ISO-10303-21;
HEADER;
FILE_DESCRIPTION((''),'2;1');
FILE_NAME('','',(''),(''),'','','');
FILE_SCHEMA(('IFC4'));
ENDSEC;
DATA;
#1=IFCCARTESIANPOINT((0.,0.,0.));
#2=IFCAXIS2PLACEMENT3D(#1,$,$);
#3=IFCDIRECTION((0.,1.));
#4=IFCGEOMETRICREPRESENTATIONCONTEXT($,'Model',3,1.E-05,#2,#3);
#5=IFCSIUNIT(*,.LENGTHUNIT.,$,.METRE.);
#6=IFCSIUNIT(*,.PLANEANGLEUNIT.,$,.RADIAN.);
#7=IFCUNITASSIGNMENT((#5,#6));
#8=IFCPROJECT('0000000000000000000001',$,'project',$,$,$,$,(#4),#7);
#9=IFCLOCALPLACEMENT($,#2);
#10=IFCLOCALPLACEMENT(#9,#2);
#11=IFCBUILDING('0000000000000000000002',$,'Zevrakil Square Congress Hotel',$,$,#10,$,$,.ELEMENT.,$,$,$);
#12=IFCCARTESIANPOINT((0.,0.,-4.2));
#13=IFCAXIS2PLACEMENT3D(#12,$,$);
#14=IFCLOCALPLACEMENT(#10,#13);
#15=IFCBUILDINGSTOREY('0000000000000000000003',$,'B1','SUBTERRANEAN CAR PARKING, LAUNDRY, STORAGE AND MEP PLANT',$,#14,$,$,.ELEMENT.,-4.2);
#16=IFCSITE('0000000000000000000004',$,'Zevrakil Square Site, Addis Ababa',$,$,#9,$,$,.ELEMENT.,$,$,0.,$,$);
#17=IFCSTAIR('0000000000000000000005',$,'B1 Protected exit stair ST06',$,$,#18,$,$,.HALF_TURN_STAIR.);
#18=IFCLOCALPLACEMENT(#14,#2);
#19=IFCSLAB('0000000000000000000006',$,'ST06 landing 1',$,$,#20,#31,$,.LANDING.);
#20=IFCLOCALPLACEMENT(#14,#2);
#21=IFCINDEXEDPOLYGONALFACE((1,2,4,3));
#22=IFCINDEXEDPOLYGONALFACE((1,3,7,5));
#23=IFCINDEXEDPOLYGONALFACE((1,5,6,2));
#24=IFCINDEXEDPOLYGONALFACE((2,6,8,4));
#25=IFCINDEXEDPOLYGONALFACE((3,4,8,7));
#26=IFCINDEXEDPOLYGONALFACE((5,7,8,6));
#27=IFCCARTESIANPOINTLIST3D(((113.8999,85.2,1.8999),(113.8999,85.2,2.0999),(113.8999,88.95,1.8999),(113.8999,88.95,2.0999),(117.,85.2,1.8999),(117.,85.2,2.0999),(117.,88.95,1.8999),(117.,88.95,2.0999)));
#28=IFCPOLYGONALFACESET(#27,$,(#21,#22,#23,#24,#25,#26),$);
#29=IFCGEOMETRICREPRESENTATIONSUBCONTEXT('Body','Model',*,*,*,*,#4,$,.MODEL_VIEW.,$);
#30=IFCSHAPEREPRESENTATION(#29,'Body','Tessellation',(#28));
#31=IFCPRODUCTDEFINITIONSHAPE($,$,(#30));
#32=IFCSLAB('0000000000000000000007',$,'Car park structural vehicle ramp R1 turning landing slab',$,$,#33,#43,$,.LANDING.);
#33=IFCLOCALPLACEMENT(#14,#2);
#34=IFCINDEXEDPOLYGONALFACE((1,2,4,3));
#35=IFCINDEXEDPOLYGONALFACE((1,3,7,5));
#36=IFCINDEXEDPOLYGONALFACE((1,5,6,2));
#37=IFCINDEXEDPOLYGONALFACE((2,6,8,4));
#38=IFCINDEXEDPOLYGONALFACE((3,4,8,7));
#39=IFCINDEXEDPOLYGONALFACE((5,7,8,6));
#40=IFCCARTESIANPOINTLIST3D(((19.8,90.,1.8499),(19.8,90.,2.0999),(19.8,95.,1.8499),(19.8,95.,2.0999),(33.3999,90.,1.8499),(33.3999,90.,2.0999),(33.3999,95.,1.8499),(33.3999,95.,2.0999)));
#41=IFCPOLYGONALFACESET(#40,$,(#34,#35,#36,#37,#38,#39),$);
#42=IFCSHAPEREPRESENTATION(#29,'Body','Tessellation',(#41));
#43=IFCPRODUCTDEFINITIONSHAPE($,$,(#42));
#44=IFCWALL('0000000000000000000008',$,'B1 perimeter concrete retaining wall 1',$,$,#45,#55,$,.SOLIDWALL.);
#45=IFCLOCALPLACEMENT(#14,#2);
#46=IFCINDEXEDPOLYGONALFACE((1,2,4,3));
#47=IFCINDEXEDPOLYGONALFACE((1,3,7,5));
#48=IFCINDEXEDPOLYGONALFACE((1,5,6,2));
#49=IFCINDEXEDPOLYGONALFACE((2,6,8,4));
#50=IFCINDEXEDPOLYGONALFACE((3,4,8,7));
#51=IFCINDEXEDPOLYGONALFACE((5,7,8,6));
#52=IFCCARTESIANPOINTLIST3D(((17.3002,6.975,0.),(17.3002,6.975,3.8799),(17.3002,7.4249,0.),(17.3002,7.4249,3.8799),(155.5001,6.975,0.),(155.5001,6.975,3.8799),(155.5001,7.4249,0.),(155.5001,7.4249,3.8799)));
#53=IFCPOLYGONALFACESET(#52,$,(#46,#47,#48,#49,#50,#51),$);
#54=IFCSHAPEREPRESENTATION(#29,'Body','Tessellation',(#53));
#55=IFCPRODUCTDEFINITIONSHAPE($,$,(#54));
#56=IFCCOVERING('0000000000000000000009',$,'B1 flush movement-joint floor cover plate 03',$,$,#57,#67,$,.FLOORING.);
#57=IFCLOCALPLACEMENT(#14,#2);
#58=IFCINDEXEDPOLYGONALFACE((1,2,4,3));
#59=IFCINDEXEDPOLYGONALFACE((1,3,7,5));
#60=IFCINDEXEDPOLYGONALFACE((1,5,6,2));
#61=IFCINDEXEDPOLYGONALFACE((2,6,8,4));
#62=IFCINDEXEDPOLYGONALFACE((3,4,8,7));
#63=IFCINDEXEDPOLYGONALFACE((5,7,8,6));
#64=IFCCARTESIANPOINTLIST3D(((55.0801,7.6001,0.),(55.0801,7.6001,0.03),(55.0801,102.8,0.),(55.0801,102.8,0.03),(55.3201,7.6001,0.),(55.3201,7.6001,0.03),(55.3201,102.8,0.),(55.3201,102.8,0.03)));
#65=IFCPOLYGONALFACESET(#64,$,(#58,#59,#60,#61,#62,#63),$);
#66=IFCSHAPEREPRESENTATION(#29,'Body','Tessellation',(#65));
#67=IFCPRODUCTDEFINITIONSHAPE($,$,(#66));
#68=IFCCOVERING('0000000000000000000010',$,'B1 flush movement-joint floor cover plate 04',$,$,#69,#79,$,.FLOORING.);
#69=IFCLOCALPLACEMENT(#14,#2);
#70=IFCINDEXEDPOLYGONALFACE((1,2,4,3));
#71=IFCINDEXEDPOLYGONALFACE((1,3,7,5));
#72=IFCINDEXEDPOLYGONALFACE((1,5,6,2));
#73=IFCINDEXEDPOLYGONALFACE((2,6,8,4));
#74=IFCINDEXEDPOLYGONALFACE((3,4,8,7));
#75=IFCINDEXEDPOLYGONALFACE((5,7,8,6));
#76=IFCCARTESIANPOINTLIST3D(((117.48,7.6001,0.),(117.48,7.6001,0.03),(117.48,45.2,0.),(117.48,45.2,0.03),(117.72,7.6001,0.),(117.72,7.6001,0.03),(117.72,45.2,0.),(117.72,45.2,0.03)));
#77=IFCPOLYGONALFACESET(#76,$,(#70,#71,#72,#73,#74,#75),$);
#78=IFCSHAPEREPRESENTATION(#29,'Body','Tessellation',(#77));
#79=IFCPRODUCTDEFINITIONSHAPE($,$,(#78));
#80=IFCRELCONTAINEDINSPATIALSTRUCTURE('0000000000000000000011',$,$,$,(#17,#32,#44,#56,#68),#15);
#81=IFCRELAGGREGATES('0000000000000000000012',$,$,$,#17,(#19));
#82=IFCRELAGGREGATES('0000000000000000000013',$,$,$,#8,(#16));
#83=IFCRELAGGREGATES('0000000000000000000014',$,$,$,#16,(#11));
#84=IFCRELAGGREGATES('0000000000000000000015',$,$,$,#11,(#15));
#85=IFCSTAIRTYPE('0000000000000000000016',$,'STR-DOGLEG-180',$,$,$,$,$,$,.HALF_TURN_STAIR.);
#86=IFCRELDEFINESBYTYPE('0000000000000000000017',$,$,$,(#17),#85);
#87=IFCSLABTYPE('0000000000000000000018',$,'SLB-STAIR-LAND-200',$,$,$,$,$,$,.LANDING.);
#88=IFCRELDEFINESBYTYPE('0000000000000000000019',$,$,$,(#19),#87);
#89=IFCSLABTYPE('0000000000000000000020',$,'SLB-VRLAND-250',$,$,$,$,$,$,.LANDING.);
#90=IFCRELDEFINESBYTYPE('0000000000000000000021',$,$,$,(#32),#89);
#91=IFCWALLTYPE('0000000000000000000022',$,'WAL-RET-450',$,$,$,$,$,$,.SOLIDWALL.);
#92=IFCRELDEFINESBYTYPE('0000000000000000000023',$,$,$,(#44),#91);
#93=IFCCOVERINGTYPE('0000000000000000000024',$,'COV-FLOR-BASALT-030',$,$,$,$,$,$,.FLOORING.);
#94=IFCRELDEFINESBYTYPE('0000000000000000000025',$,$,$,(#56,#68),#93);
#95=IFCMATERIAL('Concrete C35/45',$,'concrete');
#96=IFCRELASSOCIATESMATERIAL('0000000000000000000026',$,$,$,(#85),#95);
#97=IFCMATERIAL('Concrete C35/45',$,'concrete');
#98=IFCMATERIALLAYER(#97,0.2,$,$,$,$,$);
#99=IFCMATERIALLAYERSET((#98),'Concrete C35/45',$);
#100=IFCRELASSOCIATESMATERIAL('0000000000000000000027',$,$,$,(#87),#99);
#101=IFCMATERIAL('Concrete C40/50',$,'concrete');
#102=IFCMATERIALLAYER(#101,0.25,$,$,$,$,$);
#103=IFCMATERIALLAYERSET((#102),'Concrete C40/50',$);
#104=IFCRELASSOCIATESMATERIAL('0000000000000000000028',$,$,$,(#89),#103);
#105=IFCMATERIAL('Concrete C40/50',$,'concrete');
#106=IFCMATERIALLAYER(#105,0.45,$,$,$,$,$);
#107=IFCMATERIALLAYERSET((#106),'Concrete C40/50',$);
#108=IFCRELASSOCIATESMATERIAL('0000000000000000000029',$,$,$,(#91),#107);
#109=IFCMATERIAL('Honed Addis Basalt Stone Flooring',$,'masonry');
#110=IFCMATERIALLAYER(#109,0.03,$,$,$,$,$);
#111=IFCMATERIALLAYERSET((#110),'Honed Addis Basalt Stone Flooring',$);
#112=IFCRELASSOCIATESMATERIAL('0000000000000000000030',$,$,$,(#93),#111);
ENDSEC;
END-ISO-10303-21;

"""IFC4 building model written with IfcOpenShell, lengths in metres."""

from ifc_helpers import new_model, si_unit, direction, frame, frame_2d, origin, place, context, subcontext, project, spatial, polyline, rectangle, outline, extrude, material, layer, layer_set, type_object, element, aggregate, save


model = new_model("IFC4")

# Units and contexts
model_context = context("Model", 3, precision=1e-05, world=origin(), true_north=direction((0.0, 1.0)))
body_context = subcontext(model_context, "Body", "Model", "MODEL_VIEW")
ifc_project = project(units=[si_unit("LENGTHUNIT", "METRE"), si_unit("PLANEANGLEUNIT", "RADIAN")], contexts=[model_context])

# Site, building, storey
site_placement = place(None, origin())
site = spatial("IfcSite", under=ifc_project, at=site_placement, Name="Zevrakil Square Site, Addis Ababa", CompositionType="ELEMENT", RefElevation=0.0)
building_placement = place(site_placement, origin())
building = spatial("IfcBuilding", under=site, at=building_placement, Name="Zevrakil Square Congress Hotel", CompositionType="ELEMENT")
storey_placement = place(building_placement, frame((0.0, 0.0, -4.2)))
storey = spatial("IfcBuildingStorey", under=building, at=storey_placement, Name="B1", Description="SUBTERRANEAN CAR PARKING, LAUNDRY, STORAGE AND MEP PLANT", CompositionType="ELEMENT", Elevation=-4.2)

# Stair, slab
ifc_material_1 = material(Name="Concrete C35/45", Category="concrete")
stair_type = type_object("IfcStairType", Name="STR-DOGLEG-180", PredefinedType="HALF_TURN_STAIR", material=ifc_material_1)
ifc_material_2 = material(Name="Concrete C35/45", Category="concrete")
ifc_layer_1 = layer(ifc_material_2, 0.2)
ifc_layer_set_1 = layer_set([ifc_layer_1], Name="Concrete C35/45")
slab_type_1 = type_object("IfcSlabType", Name="SLB-STAIR-LAND-200", PredefinedType="LANDING", material=ifc_layer_set_1)
stair_1_placement = place(storey_placement, origin())
stair_1 = element("IfcStair", 1, at=stair_1_placement, inside=storey, type_object=stair_type, Name="B1 Protected exit stair ST06", PredefinedType="HALF_TURN_STAIR")
slab_1_placement = place(storey_placement, frame((0.0, 0.0, 1.8999)))
slab_1 = element("IfcSlab", 2, at=slab_1_placement, type_object=slab_type_1, Name="ST06 landing 1", PredefinedType="LANDING", context=body_context, shape_type="SweptSolid", body=[
    extrude(outline(polyline([(113.8999, 85.2), (117.0, 85.2), (117.0, 88.95), (113.8999, 88.95), (113.8999, 85.2)])), origin(), (0.0, 0.0, 1.0), 0.2),
])
aggregate(stair_1, [slab_1])

# Slab
ifc_material_3 = material(Name="Concrete C40/50", Category="concrete")
ifc_layer_2 = layer(ifc_material_3, 0.25)
ifc_layer_set_2 = layer_set([ifc_layer_2], Name="Concrete C40/50")
slab_type_2 = type_object("IfcSlabType", Name="SLB-VRLAND-250", PredefinedType="LANDING", material=ifc_layer_set_2)
slab_2_placement = place(storey_placement, frame((0.0, 0.0, 1.8499)))
element("IfcSlab", 3, at=slab_2_placement, inside=storey, type_object=slab_type_2, Name="Car park structural vehicle ramp R1 turning landing slab", PredefinedType="LANDING", context=body_context, shape_type="SweptSolid", body=[
    extrude(outline(polyline([(19.8, 90.0), (33.3999, 90.0), (33.3999, 95.0), (19.8, 95.0), (19.8, 90.0)])), origin(), (0.0, 0.0, 1.0), 0.25),
])

# Wall
ifc_material_4 = material(Name="Concrete C40/50", Category="concrete")
ifc_layer_3 = layer(ifc_material_4, 0.45)
ifc_layer_set_3 = layer_set([ifc_layer_3], Name="Concrete C40/50")
wall_type = type_object("IfcWallType", Name="WAL-RET-450", PredefinedType="SOLIDWALL", material=ifc_layer_set_3)
wall_placement = place(storey_placement, frame((17.3, 7.2, 0.0), z_axis=(0.0, 0.0, 1.0), x_axis=(1.0, 0.0, 0.0)))
element("IfcWall", 4, at=wall_placement, inside=storey, type_object=wall_type, Name="B1 perimeter concrete retaining wall 1", PredefinedType="SOLIDWALL", context=body_context, shape_type="SweptSolid", body=[
    extrude(rectangle(XDim=138.2, YDim=0.45, at=frame_2d((69.1001, 0.0))), origin(), (0.0, 0.0, 1.0), 3.8799),
])

# Coverings
ifc_material_5 = material(Name="Honed Addis Basalt Stone Flooring", Category="masonry")
ifc_layer_4 = layer(ifc_material_5, 0.03)
ifc_layer_set_4 = layer_set([ifc_layer_4], Name="Honed Addis Basalt Stone Flooring")
covering_type = type_object("IfcCoveringType", Name="COV-FLOR-BASALT-030", PredefinedType="FLOORING", material=ifc_layer_set_4)
covering_1_placement = place(storey_placement, origin())
element("IfcCovering", 5, at=covering_1_placement, inside=storey, type_object=covering_type, Name="B1 flush movement-joint floor cover plate 03", PredefinedType="FLOORING", context=body_context, shape_type="SweptSolid", body=[
    extrude(outline(polyline([(55.0801, 7.6001), (55.3201, 7.6001), (55.3201, 102.8), (55.0801, 102.8), (55.0801, 7.6001)])), origin(), (0.0, 0.0, 1.0), 0.03),
])
covering_2_placement = place(storey_placement, origin())
element("IfcCovering", 6, at=covering_2_placement, inside=storey, type_object=covering_type, Name="B1 flush movement-joint floor cover plate 04", PredefinedType="FLOORING", context=body_context, shape_type="SweptSolid", body=[
    extrude(outline(polyline([(117.48, 7.6001), (117.72, 7.6001), (117.72, 45.2), (117.48, 45.2), (117.48, 7.6001)])), origin(), (0.0, 0.0, 1.0), 0.03),
])

save(model, "model.ifc")
